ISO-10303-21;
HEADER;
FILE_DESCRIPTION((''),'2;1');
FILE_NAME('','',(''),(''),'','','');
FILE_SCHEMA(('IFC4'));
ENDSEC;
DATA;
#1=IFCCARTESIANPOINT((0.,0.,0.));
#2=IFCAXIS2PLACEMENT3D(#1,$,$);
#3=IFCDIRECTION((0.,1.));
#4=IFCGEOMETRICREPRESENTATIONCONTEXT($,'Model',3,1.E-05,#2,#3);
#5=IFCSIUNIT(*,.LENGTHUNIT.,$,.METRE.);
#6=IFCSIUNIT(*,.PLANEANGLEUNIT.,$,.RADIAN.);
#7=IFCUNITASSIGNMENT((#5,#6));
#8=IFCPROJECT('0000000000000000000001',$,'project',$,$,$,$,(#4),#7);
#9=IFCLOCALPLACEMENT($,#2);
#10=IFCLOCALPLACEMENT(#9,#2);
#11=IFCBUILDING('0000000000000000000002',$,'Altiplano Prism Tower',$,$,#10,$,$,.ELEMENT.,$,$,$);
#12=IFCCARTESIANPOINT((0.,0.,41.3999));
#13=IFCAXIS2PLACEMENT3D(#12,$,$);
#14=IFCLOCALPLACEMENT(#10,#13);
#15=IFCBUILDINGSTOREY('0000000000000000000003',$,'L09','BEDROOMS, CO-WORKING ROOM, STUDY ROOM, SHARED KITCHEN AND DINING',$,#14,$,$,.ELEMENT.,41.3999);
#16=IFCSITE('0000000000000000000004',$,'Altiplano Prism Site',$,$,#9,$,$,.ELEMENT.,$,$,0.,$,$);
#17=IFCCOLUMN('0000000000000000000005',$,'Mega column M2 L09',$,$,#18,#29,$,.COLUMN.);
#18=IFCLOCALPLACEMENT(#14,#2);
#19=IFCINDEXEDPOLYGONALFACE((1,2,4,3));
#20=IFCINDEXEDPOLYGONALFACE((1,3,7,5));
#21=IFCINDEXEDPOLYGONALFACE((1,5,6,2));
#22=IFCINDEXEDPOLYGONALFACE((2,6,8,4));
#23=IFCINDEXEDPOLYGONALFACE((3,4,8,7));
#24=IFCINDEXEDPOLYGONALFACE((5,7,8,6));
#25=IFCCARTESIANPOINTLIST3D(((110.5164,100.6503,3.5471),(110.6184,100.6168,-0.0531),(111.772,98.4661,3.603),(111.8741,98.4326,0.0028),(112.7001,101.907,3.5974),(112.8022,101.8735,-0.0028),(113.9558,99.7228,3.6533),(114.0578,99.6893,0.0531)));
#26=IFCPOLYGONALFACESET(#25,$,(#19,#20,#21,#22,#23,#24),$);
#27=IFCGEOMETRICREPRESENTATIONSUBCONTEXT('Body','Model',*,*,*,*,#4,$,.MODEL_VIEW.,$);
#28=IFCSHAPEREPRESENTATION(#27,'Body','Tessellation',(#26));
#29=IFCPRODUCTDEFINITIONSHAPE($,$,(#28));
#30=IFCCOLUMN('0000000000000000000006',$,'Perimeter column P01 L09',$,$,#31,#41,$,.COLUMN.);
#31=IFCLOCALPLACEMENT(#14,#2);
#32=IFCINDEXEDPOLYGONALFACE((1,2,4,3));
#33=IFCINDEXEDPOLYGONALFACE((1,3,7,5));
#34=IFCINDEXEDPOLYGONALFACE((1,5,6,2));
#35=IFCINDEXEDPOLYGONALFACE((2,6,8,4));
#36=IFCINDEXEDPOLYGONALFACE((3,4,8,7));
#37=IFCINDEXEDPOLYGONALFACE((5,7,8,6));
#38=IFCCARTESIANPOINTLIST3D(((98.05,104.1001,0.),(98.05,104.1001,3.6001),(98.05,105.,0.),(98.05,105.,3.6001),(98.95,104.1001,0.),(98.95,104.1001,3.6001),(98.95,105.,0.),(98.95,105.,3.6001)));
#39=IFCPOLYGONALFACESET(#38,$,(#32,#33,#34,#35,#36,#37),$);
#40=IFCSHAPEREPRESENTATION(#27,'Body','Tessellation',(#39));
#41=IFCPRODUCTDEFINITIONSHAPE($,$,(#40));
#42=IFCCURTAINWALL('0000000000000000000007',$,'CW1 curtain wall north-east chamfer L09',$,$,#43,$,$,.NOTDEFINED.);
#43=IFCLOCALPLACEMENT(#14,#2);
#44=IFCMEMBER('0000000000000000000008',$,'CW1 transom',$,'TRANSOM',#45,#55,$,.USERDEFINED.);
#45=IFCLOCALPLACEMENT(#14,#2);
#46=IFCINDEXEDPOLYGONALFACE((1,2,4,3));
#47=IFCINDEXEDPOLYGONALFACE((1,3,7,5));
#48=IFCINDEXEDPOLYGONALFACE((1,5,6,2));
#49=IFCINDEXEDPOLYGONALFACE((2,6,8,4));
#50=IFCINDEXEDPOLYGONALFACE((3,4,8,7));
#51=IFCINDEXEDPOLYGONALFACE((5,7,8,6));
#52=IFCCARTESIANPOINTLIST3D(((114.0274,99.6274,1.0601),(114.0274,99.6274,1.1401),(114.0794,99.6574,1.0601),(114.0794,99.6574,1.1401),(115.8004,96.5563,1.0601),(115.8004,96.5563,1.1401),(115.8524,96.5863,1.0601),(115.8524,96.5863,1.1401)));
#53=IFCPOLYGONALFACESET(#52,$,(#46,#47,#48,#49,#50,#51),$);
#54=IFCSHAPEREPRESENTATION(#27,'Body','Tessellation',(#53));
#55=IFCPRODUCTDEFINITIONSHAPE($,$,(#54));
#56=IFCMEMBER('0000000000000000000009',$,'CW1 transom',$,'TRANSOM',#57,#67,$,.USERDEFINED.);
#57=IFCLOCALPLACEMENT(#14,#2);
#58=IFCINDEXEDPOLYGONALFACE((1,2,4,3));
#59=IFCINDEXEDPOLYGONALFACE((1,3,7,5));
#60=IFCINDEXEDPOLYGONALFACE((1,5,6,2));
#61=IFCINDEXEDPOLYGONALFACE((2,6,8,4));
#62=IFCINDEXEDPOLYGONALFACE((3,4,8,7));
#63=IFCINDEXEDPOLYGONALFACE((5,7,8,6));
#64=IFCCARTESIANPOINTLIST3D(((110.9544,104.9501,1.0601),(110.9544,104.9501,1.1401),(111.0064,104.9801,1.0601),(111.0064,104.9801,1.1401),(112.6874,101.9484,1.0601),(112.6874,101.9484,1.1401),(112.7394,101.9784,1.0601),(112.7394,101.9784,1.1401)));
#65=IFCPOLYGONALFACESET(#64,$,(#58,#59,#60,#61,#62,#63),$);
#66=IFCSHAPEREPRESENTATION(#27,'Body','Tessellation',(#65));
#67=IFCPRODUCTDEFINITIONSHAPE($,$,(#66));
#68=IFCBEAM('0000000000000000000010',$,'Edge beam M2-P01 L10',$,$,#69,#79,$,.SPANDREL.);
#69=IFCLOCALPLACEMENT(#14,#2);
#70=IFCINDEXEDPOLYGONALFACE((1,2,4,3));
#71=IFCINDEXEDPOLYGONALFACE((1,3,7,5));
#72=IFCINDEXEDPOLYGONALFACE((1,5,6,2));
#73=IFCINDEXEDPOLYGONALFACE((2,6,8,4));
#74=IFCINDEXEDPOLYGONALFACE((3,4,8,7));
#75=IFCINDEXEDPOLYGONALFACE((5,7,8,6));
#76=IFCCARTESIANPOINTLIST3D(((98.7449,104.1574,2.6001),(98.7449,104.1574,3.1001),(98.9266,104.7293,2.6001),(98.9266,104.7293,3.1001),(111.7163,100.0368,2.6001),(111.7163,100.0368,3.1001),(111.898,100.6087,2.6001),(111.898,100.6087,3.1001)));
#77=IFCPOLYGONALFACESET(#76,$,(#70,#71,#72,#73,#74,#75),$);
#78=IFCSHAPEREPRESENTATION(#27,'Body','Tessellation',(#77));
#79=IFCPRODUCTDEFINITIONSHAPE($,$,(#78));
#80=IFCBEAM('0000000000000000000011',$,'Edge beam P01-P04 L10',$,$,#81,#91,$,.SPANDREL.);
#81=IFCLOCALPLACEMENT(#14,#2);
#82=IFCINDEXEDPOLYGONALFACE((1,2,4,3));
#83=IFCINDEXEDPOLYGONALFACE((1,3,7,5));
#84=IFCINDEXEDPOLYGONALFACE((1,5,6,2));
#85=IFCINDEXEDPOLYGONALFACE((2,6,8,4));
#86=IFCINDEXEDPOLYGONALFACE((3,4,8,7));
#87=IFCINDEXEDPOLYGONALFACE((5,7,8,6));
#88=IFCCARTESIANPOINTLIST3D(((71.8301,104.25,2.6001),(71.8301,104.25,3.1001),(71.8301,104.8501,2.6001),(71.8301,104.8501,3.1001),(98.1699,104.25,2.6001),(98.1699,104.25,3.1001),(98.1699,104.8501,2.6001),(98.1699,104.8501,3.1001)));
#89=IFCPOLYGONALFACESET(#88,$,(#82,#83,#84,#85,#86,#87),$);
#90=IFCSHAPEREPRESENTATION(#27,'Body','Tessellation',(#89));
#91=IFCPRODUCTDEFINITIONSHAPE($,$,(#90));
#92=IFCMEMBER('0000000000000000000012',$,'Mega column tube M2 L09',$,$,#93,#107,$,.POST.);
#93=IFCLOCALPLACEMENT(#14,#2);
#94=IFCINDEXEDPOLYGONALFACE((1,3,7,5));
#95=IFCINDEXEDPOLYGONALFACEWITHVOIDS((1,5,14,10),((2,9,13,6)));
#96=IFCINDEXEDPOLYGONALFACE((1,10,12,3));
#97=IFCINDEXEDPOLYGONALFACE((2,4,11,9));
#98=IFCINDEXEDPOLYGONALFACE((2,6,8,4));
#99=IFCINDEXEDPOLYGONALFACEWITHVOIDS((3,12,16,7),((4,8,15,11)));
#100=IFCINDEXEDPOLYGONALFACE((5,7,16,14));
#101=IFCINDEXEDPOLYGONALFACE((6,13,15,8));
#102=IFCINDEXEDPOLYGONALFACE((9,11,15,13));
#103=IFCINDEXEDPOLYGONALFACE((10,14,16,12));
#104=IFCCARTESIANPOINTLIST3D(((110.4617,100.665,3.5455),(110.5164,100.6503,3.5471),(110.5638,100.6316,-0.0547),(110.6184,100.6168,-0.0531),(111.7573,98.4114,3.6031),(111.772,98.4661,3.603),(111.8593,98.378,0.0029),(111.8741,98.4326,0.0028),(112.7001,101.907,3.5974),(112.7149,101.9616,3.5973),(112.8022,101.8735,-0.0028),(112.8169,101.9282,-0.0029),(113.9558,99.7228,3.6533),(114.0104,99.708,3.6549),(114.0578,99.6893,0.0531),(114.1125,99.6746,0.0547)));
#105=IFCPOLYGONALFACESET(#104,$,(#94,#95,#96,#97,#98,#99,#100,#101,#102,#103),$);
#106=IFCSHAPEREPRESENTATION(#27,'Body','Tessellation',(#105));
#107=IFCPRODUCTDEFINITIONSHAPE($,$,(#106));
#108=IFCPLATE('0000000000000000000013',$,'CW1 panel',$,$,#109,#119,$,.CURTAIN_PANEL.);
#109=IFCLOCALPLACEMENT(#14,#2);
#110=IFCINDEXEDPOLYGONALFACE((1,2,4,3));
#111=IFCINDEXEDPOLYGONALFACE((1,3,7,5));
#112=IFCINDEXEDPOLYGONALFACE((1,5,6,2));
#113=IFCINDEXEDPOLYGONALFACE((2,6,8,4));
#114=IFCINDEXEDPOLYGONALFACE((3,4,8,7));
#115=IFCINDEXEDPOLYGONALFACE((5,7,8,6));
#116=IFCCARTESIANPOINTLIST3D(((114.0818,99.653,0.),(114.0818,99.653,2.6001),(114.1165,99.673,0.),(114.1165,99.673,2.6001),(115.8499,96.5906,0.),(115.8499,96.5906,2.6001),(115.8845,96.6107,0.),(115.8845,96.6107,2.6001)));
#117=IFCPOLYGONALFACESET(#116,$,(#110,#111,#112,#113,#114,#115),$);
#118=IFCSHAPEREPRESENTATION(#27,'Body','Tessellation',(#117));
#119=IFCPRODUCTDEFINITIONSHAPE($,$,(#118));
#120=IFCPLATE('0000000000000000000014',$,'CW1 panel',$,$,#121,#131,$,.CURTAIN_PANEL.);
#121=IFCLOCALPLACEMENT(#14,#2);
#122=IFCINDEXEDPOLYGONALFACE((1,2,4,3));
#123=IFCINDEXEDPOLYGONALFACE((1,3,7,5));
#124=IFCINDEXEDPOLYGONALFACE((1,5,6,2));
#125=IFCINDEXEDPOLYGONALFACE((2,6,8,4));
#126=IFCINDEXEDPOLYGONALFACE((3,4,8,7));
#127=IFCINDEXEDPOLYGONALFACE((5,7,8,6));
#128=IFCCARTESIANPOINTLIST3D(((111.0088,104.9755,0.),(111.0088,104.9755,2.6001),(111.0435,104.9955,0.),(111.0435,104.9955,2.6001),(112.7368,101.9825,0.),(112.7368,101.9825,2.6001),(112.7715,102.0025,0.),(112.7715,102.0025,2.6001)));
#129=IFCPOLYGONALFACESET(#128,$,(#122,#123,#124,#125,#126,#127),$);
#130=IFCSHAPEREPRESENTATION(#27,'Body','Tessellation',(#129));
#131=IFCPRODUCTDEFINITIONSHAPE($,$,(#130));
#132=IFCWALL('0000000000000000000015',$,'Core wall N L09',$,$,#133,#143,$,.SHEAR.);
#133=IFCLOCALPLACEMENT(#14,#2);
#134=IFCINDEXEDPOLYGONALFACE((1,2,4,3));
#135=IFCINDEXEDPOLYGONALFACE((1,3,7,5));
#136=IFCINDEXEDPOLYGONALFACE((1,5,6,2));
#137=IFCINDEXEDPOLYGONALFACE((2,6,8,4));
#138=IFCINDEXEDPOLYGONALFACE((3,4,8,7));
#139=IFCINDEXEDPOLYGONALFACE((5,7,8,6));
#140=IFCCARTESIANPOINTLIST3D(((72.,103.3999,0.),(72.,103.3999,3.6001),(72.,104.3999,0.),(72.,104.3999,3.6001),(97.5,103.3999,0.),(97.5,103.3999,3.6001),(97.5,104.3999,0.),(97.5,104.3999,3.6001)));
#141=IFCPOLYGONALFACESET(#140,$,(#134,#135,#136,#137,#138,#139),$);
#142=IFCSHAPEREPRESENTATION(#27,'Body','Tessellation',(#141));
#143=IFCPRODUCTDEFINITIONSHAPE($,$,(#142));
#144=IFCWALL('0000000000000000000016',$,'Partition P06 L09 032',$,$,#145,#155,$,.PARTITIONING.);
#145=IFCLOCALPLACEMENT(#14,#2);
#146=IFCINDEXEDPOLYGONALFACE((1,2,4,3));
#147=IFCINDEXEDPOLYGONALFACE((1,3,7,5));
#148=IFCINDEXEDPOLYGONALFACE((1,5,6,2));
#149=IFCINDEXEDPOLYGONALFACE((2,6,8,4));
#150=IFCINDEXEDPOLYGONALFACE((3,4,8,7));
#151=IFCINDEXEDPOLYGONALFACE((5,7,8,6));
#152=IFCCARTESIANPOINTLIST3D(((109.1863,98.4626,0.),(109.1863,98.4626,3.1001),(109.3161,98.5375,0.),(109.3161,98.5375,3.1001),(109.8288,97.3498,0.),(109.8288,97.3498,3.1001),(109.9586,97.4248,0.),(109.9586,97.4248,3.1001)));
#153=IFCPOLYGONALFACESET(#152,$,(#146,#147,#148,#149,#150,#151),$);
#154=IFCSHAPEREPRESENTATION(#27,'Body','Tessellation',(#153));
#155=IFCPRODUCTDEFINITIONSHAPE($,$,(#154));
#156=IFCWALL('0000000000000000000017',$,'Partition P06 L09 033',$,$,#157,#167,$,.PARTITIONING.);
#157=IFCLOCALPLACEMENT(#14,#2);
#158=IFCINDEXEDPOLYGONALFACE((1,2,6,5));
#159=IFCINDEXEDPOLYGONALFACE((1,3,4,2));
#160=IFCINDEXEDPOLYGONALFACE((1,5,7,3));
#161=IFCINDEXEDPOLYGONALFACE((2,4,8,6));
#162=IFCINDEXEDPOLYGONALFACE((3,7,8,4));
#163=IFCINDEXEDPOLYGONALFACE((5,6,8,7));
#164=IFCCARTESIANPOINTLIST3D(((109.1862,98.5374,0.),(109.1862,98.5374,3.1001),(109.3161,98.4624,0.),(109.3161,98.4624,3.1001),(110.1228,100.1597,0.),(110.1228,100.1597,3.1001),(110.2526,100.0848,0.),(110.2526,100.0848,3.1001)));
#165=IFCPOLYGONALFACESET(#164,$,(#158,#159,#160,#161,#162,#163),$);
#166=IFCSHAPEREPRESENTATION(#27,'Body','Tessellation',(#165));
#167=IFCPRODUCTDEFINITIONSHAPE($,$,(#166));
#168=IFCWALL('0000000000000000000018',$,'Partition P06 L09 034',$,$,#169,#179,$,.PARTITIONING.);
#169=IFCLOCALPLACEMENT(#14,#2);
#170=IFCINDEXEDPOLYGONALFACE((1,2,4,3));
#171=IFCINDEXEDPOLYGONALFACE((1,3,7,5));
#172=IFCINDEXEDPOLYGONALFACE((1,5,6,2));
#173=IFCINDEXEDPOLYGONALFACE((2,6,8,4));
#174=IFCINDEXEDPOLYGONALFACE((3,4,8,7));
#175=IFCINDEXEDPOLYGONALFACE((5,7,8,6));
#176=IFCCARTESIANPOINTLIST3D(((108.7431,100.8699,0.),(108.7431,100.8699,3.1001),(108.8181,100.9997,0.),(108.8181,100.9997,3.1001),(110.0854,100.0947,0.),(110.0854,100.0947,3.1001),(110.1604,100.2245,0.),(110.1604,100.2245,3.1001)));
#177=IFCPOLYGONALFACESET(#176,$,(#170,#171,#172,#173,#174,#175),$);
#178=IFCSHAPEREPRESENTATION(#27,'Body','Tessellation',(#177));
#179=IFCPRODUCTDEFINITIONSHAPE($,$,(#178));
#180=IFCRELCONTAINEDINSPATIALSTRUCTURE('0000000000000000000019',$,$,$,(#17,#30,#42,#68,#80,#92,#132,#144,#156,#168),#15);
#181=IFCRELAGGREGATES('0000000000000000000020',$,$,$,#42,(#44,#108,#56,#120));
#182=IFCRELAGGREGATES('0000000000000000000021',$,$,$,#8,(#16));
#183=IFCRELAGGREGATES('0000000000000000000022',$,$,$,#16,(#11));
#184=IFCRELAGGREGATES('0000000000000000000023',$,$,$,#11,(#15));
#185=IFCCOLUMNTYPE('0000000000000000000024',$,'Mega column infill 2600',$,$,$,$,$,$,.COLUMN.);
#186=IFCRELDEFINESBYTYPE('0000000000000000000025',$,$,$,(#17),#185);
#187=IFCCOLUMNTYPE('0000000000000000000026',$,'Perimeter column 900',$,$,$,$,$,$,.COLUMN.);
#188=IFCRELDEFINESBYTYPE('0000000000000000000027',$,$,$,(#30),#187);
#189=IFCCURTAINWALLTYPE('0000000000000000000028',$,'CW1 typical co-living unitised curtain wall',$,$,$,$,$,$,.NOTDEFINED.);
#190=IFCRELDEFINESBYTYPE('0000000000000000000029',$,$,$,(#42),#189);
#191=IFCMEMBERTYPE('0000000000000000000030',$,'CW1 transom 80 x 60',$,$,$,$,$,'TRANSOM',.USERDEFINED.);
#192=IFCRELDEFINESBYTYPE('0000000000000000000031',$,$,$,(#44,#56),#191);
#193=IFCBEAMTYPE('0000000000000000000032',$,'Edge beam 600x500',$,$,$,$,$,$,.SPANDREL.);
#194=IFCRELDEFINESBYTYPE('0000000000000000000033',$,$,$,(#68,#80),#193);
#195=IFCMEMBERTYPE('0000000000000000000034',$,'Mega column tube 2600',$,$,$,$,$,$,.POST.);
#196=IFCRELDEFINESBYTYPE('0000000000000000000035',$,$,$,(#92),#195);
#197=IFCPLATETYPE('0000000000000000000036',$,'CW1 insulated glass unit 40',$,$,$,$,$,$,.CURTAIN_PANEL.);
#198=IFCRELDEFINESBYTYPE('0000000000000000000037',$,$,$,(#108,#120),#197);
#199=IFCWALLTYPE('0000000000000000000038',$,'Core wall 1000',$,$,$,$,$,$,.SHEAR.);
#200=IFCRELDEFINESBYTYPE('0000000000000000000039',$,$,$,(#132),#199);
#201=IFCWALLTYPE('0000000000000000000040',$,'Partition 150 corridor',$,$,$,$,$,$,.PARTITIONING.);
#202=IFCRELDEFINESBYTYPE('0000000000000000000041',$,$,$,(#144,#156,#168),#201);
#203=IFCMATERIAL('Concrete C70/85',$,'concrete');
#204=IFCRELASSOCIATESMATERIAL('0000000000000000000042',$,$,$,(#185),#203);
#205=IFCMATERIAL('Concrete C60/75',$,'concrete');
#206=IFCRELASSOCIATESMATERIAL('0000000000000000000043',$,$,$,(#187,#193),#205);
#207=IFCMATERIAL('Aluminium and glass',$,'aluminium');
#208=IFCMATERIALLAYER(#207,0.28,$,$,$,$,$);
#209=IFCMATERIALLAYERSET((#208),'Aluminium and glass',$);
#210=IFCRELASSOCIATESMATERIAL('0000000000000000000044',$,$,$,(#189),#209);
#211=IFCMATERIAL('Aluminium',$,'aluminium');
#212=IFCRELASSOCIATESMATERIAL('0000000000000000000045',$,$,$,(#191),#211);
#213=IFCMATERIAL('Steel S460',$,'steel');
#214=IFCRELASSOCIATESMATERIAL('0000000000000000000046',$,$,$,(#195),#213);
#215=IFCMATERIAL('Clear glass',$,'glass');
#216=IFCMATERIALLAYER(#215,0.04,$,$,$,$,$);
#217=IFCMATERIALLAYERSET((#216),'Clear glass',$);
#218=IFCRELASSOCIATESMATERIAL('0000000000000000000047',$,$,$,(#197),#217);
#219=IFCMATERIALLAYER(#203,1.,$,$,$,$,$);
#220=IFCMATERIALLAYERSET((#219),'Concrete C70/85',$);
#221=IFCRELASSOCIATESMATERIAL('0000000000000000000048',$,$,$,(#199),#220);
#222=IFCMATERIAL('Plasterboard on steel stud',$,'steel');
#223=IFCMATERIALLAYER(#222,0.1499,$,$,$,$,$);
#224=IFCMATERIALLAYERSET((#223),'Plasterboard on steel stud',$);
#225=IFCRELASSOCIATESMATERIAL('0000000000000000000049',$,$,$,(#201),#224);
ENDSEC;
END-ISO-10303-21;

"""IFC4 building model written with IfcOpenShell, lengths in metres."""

from ifc_helpers import new_model, si_unit, direction, frame, frame_2d, origin, origin_2d, place, context, subcontext, project, spatial, rectangle, hollow_rectangle, extrude, material, layer, layer_set, material_profile, profile_set, type_object, element, aggregate, save


model = new_model("IFC4")

# Units and contexts
model_context = context("Model", 3, precision=1e-05, world=origin(), true_north=direction((0.0, 1.0)))
body_context = subcontext(model_context, "Body", "Model", "MODEL_VIEW")
ifc_project = project(units=[si_unit("LENGTHUNIT", "METRE"), si_unit("PLANEANGLEUNIT", "RADIAN")], contexts=[model_context])

# Site, building, storey
site_placement = place(None, origin())
site = spatial("IfcSite", under=ifc_project, at=site_placement, Name="Altiplano Prism Site", CompositionType="ELEMENT", RefElevation=0.0)
building_placement = place(site_placement, origin())
building = spatial("IfcBuilding", under=site, at=building_placement, Name="Altiplano Prism Tower", CompositionType="ELEMENT")
storey_placement = place(building_placement, frame((0.0, 0.0, 41.3999)))
storey = spatial("IfcBuildingStorey", under=building, at=storey_placement, Name="L09", Description="BEDROOMS, CO-WORKING ROOM, STUDY ROOM, SHARED KITCHEN AND DINING", CompositionType="ELEMENT", Elevation=41.3999)

# Columns
ifc_material_1 = material(Name="Concrete C70/85", Category="concrete")
ifc_material_profile_1 = material_profile(ifc_material_1, rectangle(XDim=2.52, YDim=2.52, at=origin_2d()), Name="Mega column infill 2600")
ifc_profile_set_1 = profile_set([ifc_material_profile_1], Name="Concrete C70/85")
column_type_1 = type_object("IfcColumnType", Name="Mega column infill 2600", PredefinedType="COLUMN", material=ifc_profile_set_1)
column_1_placement = place(storey_placement, frame((112.3381, 100.1531, 0.0), z_axis=(-0.028334, 0.009287, 0.999555), x_axis=(0.498273, -0.866737, 0.022177)))
element("IfcColumn", 1, at=column_1_placement, inside=storey, type_object=column_type_1, Name="Mega column M2 L09", PredefinedType="COLUMN", context=body_context, shape_type="SweptSolid", body=[
    extrude(rectangle(XDim=2.52, YDim=2.52, at=origin_2d()), origin(), (0.0, 0.0, 1.0), 3.6018),
])
ifc_material_2 = material(Name="Concrete C60/75", Category="concrete")
ifc_material_profile_2 = material_profile(ifc_material_2, rectangle(XDim=0.8999, YDim=0.8999, at=origin_2d()), Name="Perimeter column 900")
ifc_profile_set_2 = profile_set([ifc_material_profile_2], Name="Concrete C60/75")
column_type_2 = type_object("IfcColumnType", Name="Perimeter column 900", PredefinedType="COLUMN", material=ifc_profile_set_2)
column_2_placement = place(storey_placement, frame((98.5, 104.55, 0.0), z_axis=(0.0, 0.0, 1.0), x_axis=(1.0, 0.0, 0.0)))
element("IfcColumn", 2, at=column_2_placement, inside=storey, type_object=column_type_2, Name="Perimeter column P01 L09", PredefinedType="COLUMN", context=body_context, shape_type="SweptSolid", body=[
    extrude(rectangle(XDim=0.8999, YDim=0.8999, at=origin_2d()), origin(), (0.0, 0.0, 1.0), 3.6001),
])

# Curtain wall, members
ifc_material_3 = material(Name="Aluminium and glass", Category="aluminium")
ifc_layer_1 = layer(ifc_material_3, 0.28)
ifc_layer_set_1 = layer_set([ifc_layer_1], Name="Aluminium and glass")
curtain_wall_type = type_object("IfcCurtainWallType", Name="CW1 typical co-living unitised curtain wall", PredefinedType="NOTDEFINED", material=ifc_layer_set_1)
curtain_wall_placement = place(storey_placement, origin())
curtain_wall = element("IfcCurtainWall", 3, at=curtain_wall_placement, inside=storey, type_object=curtain_wall_type, Name="CW1 curtain wall north-east chamfer L09", PredefinedType="NOTDEFINED")
ifc_material_4 = material(Name="Aluminium", Category="aluminium")
ifc_material_profile_3 = material_profile(ifc_material_4, rectangle(XDim=0.0601, YDim=0.0801, at=origin_2d()), Name="CW1 transom 80 x 60")
ifc_profile_set_3 = profile_set([ifc_material_profile_3], Name="Aluminium")
member_type_1 = type_object("IfcMemberType", Name="CW1 transom 80 x 60", ElementType="TRANSOM", PredefinedType="USERDEFINED", material=ifc_profile_set_3)
member_1_placement = place(storey_placement, frame((115.8264, 96.5713, 1.1001), z_axis=(-0.499975, 0.86604, 0.0), x_axis=(-0.86604, -0.499975, 0.0)))
member_1 = element("IfcMember", 4, at=member_1_placement, type_object=member_type_1, Name="CW1 transom", ObjectType="TRANSOM", PredefinedType="USERDEFINED", context=body_context, shape_type="SweptSolid", body=[
    extrude(rectangle(XDim=0.0601, YDim=0.0801, at=origin_2d()), origin(), (0.0, 0.0, 1.0), 3.5461),
])
member_2_placement = place(storey_placement, frame((112.7134, 101.9634, 1.1001), z_axis=(-0.499972, 0.866041, 0.0), x_axis=(-0.866041, -0.499972, 0.0)))
member_2 = element("IfcMember", 5, at=member_2_placement, type_object=member_type_1, Name="CW1 transom", ObjectType="TRANSOM", PredefinedType="USERDEFINED", context=body_context, shape_type="SweptSolid", body=[
    extrude(rectangle(XDim=0.0601, YDim=0.0801, at=origin_2d()), origin(), (0.0, 0.0, 1.0), 3.4661),
])

# Beams
ifc_material_profile_4 = material_profile(ifc_material_2, rectangle(XDim=0.6001, YDim=0.5, at=origin_2d()), Name="Edge beam 600x500")
ifc_profile_set_4 = profile_set([ifc_material_profile_4], Name="Concrete C60/75")
beam_type = type_object("IfcBeamType", Name="Edge beam 600x500", PredefinedType="SPANDREL", material=ifc_profile_set_4)
beam_1_placement = place(storey_placement, frame((111.8071, 100.3228, 2.8501), z_axis=(-0.953067, 0.302759, 0.0), x_axis=(-0.302759, -0.953067, 0.0)))
element("IfcBeam", 6, at=beam_1_placement, inside=storey, type_object=beam_type, Name="Edge beam M2-P01 L10", PredefinedType="SPANDREL", context=body_context, shape_type="SweptSolid", body=[
    extrude(rectangle(XDim=0.6001, YDim=0.5, at=origin_2d()), origin(), (0.0, 0.0, 1.0), 13.6101),
])
beam_2_placement = place(storey_placement, frame((98.1699, 104.55, 2.8501), z_axis=(-1.0, 0.0, 0.0), x_axis=(0.0, -1.0, 0.0)))
element("IfcBeam", 7, at=beam_2_placement, inside=storey, type_object=beam_type, Name="Edge beam P01-P04 L10", PredefinedType="SPANDREL", context=body_context, shape_type="SweptSolid", body=[
    extrude(rectangle(XDim=0.6001, YDim=0.5, at=origin_2d()), origin(), (0.0, 0.0, 1.0), 26.3398),
])

# Member
ifc_material_5 = material(Name="Steel S460", Category="steel")
ifc_material_profile_5 = material_profile(ifc_material_5, hollow_rectangle(XDim=2.6001, YDim=2.6001, WallThickness=0.04, at=origin_2d()), Name="Mega column tube 2600")
ifc_profile_set_5 = profile_set([ifc_material_profile_5], Name="Steel S460")
member_type_2 = type_object("IfcMemberType", Name="Mega column tube 2600", PredefinedType="POST", material=ifc_profile_set_5)
member_3_placement = place(storey_placement, frame((112.3381, 100.1531, 0.0), z_axis=(-0.028334, 0.009287, 0.999555), x_axis=(0.498273, -0.866737, 0.022177)))
element("IfcMember", 8, at=member_3_placement, inside=storey, type_object=member_type_2, Name="Mega column tube M2 L09", PredefinedType="POST", context=body_context, shape_type="SweptSolid", body=[
    extrude(hollow_rectangle(XDim=2.6001, YDim=2.6001, WallThickness=0.04, at=origin_2d()), origin(), (0.0, 0.0, 1.0), 3.6018),
])

# Plates
ifc_material_6 = material(Name="Clear glass", Category="glass")
ifc_layer_2 = layer(ifc_material_6, 0.04)
ifc_layer_set_2 = layer_set([ifc_layer_2], Name="Clear glass")
plate_type = type_object("IfcPlateType", Name="CW1 insulated glass unit 40", PredefinedType="CURTAIN_PANEL", material=ifc_layer_set_2)
plate_1_placement = place(storey_placement, frame((114.9832, 98.1318, 0.0), z_axis=(0.0, 0.0, 1.0), x_axis=(-0.5, 0.866025, 0.0)))
plate_1 = element("IfcPlate", 9, at=plate_1_placement, type_object=plate_type, Name="CW1 panel", PredefinedType="CURTAIN_PANEL", context=body_context, shape_type="SweptSolid", body=[
    extrude(rectangle(XDim=3.5361, YDim=0.04, at=origin_2d()), origin(), (0.0, 0.0, 1.0), 2.6001),
])
plate_2_placement = place(storey_placement, frame((111.8901, 103.489, 0.0), z_axis=(0.0, 0.0, 1.0), x_axis=(-0.5, 0.866025, 0.0)))
plate_2 = element("IfcPlate", 10, at=plate_2_placement, type_object=plate_type, Name="CW1 panel", PredefinedType="CURTAIN_PANEL", context=body_context, shape_type="SweptSolid", body=[
    extrude(rectangle(XDim=3.4561, YDim=0.04, at=origin_2d()), origin(), (0.0, 0.0, 1.0), 2.6001),
])
aggregate(curtain_wall, [member_1, plate_1, member_2, plate_2])

# Walls
ifc_layer_3 = layer(ifc_material_1, 1.0)
ifc_layer_set_3 = layer_set([ifc_layer_3], Name="Concrete C70/85")
wall_type_1 = type_object("IfcWallType", Name="Core wall 1000", PredefinedType="SHEAR", material=ifc_layer_set_3)
wall_1_placement = place(storey_placement, frame((97.5, 103.8999, 0.0), z_axis=(0.0, 0.0, 1.0), x_axis=(-1.0, 0.0, 0.0)))
element("IfcWall", 11, at=wall_1_placement, inside=storey, type_object=wall_type_1, Name="Core wall N L09", PredefinedType="SHEAR", context=body_context, shape_type="SweptSolid", body=[
    extrude(rectangle(XDim=25.5, YDim=1.0, at=frame_2d((12.75, 0.0))), origin(), (0.0, 0.0, 1.0), 3.6001),
])
ifc_material_7 = material(Name="Plasterboard on steel stud", Category="steel")
ifc_layer_4 = layer(ifc_material_7, 0.1499)
ifc_layer_set_4 = layer_set([ifc_layer_4], Name="Plasterboard on steel stud")
wall_type_2 = type_object("IfcWallType", Name="Partition 150 corridor", PredefinedType="PARTITIONING", material=ifc_layer_set_4)
wall_2_placement = place(storey_placement, frame((109.8938, 97.3872, 0.0), z_axis=(0.0, 0.0, 1.0), x_axis=(-0.500062, 0.865989, 0.0)))
element("IfcWall", 12, at=wall_2_placement, inside=storey, type_object=wall_type_2, Name="Partition P06 L09 032", PredefinedType="PARTITIONING", context=body_context, shape_type="SweptSolid", body=[
    extrude(rectangle(XDim=1.2849, YDim=0.1499, at=frame_2d((0.6426, 0.0))), origin(), (0.0, 0.0, 1.0), 3.1001),
])
wall_3_placement = place(storey_placement, frame((109.2512, 98.5, 0.0), z_axis=(0.0, 0.0, 1.0), x_axis=(0.499952, 0.866053, 0.0)))
element("IfcWall", 13, at=wall_3_placement, inside=storey, type_object=wall_type_2, Name="Partition P06 L09 033", PredefinedType="PARTITIONING", context=body_context, shape_type="SweptSolid", body=[
    extrude(rectangle(XDim=1.8733, YDim=0.1499, at=frame_2d((0.9365, 0.0))), origin(), (0.0, 0.0, 1.0), 3.1001),
])
wall_4_placement = place(storey_placement, frame((110.1228, 100.1597, 0.0), z_axis=(0.0, 0.0, 1.0), x_axis=(-0.865976, 0.500086, 0.0)))
element("IfcWall", 14, at=wall_4_placement, inside=storey, type_object=wall_type_2, Name="Partition P06 L09 034", PredefinedType="PARTITIONING", context=body_context, shape_type="SweptSolid", body=[
    extrude(rectangle(XDim=1.55, YDim=0.1499, at=frame_2d((0.7749, 0.0))), origin(), (0.0, 0.0, 1.0), 3.1001),
])

save(model, "model.ifc")
